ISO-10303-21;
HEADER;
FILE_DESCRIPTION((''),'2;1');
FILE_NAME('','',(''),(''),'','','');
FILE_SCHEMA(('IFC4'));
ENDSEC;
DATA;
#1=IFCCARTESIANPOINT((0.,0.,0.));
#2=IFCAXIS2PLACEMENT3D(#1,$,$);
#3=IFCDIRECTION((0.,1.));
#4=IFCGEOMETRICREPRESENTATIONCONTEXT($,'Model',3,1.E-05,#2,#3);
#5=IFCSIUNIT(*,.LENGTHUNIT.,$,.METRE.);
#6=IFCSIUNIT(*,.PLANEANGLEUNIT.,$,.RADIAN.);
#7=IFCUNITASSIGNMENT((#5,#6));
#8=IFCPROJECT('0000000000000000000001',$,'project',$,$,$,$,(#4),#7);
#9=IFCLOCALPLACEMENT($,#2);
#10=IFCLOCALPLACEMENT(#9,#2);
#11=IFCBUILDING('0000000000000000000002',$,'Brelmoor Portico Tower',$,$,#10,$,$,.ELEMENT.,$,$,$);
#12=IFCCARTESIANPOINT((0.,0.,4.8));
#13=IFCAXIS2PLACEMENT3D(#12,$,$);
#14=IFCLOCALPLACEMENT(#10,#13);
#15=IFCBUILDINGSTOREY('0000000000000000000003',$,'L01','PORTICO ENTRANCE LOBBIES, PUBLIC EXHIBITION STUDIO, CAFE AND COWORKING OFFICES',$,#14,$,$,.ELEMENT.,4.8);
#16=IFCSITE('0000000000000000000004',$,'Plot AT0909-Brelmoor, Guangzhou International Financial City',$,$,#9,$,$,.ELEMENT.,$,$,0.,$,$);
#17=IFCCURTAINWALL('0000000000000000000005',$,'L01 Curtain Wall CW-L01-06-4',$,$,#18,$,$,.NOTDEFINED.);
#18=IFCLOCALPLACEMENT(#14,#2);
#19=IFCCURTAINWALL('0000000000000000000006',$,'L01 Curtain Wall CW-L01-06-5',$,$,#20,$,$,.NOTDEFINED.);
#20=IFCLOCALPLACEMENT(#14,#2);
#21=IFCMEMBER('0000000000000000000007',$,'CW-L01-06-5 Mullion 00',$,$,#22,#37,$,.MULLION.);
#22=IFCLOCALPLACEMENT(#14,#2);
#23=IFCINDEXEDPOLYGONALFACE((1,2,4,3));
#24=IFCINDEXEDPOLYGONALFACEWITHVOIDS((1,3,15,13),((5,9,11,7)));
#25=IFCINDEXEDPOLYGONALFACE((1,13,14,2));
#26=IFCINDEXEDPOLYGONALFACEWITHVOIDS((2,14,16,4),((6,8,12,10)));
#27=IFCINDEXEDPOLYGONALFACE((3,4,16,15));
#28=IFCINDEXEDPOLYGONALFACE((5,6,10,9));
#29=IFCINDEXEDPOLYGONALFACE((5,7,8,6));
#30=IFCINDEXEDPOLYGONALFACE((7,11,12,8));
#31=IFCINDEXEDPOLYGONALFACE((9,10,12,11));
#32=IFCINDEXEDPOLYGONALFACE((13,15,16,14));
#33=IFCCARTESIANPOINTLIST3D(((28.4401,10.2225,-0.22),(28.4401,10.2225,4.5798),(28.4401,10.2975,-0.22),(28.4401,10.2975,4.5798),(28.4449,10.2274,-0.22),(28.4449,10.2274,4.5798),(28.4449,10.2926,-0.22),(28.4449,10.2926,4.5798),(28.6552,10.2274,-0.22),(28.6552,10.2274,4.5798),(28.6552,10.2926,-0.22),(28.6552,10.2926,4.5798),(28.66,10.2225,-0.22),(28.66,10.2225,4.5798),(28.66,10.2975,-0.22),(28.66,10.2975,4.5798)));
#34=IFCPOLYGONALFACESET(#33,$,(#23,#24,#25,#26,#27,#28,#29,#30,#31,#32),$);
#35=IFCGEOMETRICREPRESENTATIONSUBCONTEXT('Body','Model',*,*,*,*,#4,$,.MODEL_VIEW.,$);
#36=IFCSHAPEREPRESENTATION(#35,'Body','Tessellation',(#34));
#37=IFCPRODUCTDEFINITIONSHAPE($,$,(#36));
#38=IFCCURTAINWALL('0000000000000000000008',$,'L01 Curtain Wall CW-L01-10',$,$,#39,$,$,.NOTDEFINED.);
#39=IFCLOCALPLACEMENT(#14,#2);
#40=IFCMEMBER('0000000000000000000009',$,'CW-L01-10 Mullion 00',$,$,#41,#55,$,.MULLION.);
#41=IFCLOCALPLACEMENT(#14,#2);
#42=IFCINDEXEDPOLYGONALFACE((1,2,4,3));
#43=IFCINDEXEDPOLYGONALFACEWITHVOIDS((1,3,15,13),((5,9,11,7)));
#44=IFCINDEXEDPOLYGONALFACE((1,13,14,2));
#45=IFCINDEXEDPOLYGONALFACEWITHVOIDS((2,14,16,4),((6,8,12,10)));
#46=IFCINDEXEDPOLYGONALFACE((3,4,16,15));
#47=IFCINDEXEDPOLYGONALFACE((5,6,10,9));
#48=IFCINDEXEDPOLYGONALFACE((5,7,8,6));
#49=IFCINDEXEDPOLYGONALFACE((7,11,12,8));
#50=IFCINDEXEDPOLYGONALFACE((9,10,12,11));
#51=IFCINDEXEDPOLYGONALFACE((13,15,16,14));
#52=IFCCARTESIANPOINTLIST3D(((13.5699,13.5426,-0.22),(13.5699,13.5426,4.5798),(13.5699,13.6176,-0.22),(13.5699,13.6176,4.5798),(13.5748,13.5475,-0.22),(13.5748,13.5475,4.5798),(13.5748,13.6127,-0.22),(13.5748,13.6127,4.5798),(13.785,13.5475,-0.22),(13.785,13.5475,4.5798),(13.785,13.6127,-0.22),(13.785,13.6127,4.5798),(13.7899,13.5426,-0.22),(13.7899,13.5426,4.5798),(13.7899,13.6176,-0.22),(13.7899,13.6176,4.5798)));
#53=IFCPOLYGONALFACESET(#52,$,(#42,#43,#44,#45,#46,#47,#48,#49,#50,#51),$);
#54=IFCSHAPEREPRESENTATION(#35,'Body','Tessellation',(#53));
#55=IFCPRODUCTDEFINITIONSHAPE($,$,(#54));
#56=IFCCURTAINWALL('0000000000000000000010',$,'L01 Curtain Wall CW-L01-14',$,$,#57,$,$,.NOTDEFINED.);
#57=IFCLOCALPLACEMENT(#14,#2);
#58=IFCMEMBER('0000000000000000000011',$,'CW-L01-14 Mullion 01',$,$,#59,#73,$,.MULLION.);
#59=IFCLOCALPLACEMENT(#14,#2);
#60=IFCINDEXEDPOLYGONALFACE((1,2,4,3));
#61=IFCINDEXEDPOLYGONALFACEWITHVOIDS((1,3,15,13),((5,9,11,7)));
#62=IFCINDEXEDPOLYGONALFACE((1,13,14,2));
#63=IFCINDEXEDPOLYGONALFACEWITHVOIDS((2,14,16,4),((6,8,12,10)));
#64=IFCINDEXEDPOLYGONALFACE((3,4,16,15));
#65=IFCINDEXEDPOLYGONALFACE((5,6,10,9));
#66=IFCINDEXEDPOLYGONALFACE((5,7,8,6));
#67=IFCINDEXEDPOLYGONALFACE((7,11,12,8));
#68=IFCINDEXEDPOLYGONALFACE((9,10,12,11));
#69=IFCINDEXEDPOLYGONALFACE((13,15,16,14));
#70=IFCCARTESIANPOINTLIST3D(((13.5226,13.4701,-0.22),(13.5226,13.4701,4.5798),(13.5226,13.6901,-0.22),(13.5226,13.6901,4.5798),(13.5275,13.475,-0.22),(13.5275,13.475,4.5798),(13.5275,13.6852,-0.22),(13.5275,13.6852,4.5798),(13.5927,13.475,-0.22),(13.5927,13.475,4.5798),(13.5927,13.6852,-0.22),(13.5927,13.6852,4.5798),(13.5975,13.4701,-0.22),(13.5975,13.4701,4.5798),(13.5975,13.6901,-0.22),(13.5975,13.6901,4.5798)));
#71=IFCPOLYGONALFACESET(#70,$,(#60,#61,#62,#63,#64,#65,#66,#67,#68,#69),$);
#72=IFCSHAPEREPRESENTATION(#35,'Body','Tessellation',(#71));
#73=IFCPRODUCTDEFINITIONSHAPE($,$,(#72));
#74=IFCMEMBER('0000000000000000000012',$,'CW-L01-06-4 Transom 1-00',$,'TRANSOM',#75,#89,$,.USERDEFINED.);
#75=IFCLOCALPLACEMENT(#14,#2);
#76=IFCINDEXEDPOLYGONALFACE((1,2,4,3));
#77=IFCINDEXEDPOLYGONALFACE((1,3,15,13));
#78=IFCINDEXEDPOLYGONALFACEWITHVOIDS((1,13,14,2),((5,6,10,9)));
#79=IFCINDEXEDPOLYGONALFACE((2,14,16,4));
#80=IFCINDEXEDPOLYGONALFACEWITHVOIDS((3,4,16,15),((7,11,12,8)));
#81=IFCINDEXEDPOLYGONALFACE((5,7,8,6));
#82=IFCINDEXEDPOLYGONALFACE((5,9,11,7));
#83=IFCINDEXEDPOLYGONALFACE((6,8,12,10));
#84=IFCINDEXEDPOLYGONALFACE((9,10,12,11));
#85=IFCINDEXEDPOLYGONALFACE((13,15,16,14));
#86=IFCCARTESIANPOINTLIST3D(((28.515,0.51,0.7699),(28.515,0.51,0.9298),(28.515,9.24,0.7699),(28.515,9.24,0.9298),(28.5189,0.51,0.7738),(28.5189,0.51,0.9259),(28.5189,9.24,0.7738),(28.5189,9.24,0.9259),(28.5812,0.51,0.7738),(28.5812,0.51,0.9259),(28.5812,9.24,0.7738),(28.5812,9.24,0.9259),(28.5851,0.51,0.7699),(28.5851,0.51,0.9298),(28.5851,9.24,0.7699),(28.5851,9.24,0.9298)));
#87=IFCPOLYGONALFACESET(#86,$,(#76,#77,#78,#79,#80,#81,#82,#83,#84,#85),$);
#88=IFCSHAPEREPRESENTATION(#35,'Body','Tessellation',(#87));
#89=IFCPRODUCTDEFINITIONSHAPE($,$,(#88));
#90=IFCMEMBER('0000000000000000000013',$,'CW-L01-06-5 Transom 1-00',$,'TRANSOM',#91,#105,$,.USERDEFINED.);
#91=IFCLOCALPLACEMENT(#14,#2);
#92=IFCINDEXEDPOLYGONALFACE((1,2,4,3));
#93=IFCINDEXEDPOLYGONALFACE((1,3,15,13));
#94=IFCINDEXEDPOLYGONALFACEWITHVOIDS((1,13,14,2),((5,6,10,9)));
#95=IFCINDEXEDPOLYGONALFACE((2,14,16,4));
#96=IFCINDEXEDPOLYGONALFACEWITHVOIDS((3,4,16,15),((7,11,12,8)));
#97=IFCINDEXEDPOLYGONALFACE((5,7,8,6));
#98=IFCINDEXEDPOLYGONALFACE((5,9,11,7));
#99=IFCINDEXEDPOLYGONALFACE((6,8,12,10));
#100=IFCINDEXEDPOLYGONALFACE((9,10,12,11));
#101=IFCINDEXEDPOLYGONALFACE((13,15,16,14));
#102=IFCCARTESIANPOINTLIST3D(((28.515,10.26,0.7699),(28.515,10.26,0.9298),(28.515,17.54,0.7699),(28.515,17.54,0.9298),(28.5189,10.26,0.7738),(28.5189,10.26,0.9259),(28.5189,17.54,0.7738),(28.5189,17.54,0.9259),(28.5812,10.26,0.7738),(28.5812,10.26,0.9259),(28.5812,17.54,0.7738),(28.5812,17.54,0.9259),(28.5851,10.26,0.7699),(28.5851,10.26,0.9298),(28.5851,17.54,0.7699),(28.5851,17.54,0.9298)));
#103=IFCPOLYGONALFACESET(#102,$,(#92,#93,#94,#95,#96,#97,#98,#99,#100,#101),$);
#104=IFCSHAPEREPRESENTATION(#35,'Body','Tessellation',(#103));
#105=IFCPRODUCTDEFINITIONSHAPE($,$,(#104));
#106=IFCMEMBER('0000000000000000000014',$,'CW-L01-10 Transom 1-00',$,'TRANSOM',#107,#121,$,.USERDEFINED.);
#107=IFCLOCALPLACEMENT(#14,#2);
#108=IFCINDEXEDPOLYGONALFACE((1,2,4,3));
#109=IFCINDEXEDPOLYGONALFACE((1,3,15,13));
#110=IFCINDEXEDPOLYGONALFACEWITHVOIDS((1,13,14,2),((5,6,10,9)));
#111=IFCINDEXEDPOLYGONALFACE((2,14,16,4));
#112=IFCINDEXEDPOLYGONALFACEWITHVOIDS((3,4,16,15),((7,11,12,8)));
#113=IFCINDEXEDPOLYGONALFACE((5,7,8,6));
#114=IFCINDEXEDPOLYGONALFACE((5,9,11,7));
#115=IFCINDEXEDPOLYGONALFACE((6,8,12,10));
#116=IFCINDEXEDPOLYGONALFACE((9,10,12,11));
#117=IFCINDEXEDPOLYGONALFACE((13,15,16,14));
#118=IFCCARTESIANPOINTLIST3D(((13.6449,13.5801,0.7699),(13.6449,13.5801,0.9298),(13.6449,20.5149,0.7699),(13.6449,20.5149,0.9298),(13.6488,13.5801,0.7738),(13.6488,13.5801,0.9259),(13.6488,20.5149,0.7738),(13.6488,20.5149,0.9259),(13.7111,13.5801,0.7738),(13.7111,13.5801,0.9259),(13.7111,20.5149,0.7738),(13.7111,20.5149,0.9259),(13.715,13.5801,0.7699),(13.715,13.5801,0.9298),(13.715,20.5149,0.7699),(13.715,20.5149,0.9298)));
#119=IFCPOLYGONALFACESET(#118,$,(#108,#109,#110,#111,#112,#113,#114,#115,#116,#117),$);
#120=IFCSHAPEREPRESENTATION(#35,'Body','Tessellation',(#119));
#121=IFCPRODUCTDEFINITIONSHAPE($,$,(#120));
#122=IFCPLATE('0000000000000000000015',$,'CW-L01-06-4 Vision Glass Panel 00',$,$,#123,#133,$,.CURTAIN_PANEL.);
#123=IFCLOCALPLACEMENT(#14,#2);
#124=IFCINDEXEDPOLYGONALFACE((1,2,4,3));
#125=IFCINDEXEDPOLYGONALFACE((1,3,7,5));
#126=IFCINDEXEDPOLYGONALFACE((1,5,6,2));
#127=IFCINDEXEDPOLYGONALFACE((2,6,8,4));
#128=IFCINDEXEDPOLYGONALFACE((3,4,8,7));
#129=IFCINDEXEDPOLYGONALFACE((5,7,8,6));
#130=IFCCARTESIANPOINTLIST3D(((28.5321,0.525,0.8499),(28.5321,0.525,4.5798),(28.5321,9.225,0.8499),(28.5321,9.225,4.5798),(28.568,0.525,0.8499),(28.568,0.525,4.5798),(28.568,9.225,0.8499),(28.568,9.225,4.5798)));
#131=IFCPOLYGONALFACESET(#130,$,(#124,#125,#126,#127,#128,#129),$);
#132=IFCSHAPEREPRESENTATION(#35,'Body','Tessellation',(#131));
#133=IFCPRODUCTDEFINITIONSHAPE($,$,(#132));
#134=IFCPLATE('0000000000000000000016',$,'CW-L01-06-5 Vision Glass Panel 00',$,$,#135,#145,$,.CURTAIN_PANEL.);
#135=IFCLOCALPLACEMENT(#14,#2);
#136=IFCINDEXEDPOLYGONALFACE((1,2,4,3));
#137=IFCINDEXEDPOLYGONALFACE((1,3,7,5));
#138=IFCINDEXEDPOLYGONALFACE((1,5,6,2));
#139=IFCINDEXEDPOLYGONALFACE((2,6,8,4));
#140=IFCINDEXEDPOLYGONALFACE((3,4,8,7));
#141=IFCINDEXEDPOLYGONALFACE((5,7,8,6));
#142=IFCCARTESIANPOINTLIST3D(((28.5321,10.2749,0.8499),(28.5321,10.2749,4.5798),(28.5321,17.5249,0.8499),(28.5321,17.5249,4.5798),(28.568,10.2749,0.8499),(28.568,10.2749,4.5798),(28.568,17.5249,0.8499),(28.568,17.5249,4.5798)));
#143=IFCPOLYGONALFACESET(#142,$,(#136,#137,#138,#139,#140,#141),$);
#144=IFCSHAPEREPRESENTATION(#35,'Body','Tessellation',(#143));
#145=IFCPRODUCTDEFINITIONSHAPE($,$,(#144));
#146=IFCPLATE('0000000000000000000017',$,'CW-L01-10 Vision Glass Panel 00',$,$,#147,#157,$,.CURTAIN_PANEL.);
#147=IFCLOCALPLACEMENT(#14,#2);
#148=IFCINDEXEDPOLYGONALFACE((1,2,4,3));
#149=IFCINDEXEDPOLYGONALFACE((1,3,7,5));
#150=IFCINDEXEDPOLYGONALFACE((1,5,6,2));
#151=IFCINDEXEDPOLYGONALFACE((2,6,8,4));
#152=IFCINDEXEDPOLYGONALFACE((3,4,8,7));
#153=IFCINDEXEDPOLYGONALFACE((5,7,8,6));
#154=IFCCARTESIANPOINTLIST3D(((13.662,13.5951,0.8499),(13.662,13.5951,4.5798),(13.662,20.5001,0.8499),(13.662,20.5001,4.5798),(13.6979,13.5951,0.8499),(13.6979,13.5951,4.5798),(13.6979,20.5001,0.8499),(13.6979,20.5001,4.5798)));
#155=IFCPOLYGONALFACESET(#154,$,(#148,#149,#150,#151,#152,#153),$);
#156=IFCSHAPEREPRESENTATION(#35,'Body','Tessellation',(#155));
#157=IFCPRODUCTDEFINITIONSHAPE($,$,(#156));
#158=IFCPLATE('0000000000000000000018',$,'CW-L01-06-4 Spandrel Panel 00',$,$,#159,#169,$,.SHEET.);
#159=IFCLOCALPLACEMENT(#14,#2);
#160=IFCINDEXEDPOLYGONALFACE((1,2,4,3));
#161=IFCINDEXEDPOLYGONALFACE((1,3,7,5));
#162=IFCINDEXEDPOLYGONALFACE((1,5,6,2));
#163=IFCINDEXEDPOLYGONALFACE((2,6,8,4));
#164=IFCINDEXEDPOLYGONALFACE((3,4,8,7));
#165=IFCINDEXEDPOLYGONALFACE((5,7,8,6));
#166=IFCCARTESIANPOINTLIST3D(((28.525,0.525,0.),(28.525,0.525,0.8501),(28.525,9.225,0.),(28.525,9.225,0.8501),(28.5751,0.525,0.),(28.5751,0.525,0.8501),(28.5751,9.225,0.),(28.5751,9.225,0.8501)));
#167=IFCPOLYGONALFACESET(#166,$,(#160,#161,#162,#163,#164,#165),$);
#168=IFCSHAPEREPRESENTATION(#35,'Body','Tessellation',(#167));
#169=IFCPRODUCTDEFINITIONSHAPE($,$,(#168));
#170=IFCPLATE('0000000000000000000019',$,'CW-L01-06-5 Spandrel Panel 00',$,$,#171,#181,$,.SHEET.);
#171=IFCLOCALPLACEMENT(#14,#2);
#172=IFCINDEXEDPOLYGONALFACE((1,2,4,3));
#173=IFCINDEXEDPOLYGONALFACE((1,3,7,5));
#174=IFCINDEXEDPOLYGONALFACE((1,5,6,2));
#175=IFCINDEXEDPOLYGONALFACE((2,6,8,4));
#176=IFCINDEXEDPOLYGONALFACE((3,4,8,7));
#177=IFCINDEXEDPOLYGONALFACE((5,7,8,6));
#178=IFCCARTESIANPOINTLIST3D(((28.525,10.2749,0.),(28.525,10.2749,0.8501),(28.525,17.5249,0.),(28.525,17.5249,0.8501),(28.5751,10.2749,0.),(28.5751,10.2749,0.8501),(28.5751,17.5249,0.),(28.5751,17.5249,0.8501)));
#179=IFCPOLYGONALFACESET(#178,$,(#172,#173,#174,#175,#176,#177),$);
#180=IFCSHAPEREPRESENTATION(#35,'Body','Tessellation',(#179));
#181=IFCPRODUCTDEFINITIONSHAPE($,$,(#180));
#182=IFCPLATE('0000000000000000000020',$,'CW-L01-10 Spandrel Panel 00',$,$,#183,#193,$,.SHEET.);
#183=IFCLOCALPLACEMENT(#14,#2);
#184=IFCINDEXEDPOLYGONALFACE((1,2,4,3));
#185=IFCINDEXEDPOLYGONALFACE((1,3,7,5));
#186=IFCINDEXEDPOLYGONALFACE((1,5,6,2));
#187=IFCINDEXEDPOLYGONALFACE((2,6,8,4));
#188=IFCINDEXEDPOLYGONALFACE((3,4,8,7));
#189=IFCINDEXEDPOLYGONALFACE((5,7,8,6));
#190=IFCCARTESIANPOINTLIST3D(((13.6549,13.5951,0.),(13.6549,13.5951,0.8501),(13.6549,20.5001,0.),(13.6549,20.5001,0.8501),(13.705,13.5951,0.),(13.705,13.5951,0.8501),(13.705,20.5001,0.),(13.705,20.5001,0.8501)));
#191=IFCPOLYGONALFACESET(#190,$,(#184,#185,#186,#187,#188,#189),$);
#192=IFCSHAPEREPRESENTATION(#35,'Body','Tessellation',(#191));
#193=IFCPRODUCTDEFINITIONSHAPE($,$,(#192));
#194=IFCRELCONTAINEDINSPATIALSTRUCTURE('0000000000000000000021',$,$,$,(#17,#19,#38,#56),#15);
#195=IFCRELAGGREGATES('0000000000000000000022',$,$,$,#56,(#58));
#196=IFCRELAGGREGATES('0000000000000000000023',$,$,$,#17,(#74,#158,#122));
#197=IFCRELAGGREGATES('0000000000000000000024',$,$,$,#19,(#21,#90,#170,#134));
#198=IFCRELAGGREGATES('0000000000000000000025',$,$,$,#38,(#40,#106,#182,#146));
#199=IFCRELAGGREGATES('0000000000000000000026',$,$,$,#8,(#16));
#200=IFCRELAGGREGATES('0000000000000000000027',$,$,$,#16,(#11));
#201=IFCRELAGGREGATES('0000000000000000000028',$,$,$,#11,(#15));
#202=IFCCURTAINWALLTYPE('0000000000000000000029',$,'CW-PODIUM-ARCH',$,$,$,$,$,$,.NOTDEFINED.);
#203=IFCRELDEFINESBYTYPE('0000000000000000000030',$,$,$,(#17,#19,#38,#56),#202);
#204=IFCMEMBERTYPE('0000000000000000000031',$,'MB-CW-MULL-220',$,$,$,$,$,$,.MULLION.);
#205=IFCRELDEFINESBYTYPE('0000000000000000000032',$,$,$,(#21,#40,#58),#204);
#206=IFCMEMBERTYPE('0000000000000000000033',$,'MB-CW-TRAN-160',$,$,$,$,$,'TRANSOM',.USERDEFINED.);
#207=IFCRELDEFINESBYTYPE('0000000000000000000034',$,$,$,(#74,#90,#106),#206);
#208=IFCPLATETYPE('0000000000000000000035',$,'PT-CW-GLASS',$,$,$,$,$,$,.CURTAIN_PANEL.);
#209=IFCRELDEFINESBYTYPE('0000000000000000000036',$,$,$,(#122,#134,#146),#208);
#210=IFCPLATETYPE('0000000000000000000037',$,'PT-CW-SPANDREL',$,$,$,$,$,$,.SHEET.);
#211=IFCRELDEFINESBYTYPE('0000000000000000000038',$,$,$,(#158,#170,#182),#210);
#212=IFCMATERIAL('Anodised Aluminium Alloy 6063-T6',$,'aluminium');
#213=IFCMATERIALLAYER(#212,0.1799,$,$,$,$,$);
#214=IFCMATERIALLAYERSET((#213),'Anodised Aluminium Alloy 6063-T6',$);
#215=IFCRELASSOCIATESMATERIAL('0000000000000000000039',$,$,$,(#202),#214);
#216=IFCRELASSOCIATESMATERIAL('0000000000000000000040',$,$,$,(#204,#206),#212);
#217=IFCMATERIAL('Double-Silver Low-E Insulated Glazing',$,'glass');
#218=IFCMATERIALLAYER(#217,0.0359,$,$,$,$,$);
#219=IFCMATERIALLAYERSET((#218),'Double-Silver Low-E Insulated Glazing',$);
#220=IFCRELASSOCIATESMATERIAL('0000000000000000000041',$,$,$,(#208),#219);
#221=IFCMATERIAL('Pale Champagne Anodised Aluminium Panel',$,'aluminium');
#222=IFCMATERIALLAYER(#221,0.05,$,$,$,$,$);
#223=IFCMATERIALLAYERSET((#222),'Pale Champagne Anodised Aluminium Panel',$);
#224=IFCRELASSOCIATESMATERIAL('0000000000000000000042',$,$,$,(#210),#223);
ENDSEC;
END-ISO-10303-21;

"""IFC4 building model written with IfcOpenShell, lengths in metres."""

from ifc_helpers import new_model, si_unit, direction, frame, origin, origin_2d, place, context, subcontext, project, spatial, rectangle, hollow_rectangle, extrude, material, layer, layer_set, material_profile, profile_set, type_object, element, aggregate, save


model = new_model("IFC4")

# Units and contexts
model_context = context("Model", 3, precision=1e-05, world=origin(), true_north=direction((0.0, 1.0)))
body_context = subcontext(model_context, "Body", "Model", "MODEL_VIEW")
ifc_project = project(units=[si_unit("LENGTHUNIT", "METRE"), si_unit("PLANEANGLEUNIT", "RADIAN")], contexts=[model_context])

# Site, building, storey
site_placement = place(None, origin())
site = spatial("IfcSite", under=ifc_project, at=site_placement, Name="Plot AT0909-Brelmoor, Guangzhou International Financial City", CompositionType="ELEMENT", RefElevation=0.0)
building_placement = place(site_placement, origin())
building = spatial("IfcBuilding", under=site, at=building_placement, Name="Brelmoor Portico Tower", CompositionType="ELEMENT")
storey_placement = place(building_placement, frame((0.0, 0.0, 4.8)))
storey = spatial("IfcBuildingStorey", under=building, at=storey_placement, Name="L01", Description="PORTICO ENTRANCE LOBBIES, PUBLIC EXHIBITION STUDIO, CAFE AND COWORKING OFFICES", CompositionType="ELEMENT", Elevation=4.8)

# Curtain wall
ifc_material_1 = material(Name="Anodised Aluminium Alloy 6063-T6", Category="aluminium")
ifc_layer_1 = layer(ifc_material_1, 0.1799)
ifc_layer_set_1 = layer_set([ifc_layer_1], Name="Anodised Aluminium Alloy 6063-T6")
curtain_wall_type = type_object("IfcCurtainWallType", Name="CW-PODIUM-ARCH", PredefinedType="NOTDEFINED", material=ifc_layer_set_1)
curtain_wall_1_placement = place(storey_placement, origin())
curtain_wall_1 = element("IfcCurtainWall", 1, at=curtain_wall_1_placement, inside=storey, type_object=curtain_wall_type, Name="L01 Curtain Wall CW-L01-06-4", PredefinedType="NOTDEFINED")
ifc_material_profile_1 = material_profile(ifc_material_1, hollow_rectangle(XDim=0.075, YDim=0.22, WallThickness=0.0049, at=origin_2d()), Name="ALU MULLION 75x220")
ifc_profile_set_1 = profile_set([ifc_material_profile_1], Name="Anodised Aluminium Alloy 6063-T6")
member_type_1 = type_object("IfcMemberType", Name="MB-CW-MULL-220", PredefinedType="MULLION", material=ifc_profile_set_1)

# Curtain walls, members
curtain_wall_2_placement = place(storey_placement, origin())
curtain_wall_2 = element("IfcCurtainWall", 2, at=curtain_wall_2_placement, inside=storey, type_object=curtain_wall_type, Name="L01 Curtain Wall CW-L01-06-5", PredefinedType="NOTDEFINED")
member_1_placement = place(storey_placement, frame((28.55, 10.26, -0.22), z_axis=(0.0, 0.0, 1.0), x_axis=(0.0, 1.0, 0.0)))
member_1 = element("IfcMember", 3, at=member_1_placement, type_object=member_type_1, Name="CW-L01-06-5 Mullion 00", PredefinedType="MULLION", context=body_context, shape_type="SweptSolid", body=[
    extrude(hollow_rectangle(XDim=0.075, YDim=0.22, WallThickness=0.0049, at=origin_2d()), origin(), (0.0, 0.0, 1.0), 4.7998),
])
curtain_wall_3_placement = place(storey_placement, origin())
curtain_wall_3 = element("IfcCurtainWall", 4, at=curtain_wall_3_placement, inside=storey, type_object=curtain_wall_type, Name="L01 Curtain Wall CW-L01-10", PredefinedType="NOTDEFINED")
member_2_placement = place(storey_placement, frame((13.6799, 13.5801, -0.22), z_axis=(0.0, 0.0, 1.0), x_axis=(0.0, 1.0, 0.0)))
member_2 = element("IfcMember", 5, at=member_2_placement, type_object=member_type_1, Name="CW-L01-10 Mullion 00", PredefinedType="MULLION", context=body_context, shape_type="SweptSolid", body=[
    extrude(hollow_rectangle(XDim=0.075, YDim=0.22, WallThickness=0.0049, at=origin_2d()), origin(), (0.0, 0.0, 1.0), 4.7998),
])
curtain_wall_4_placement = place(storey_placement, origin())
curtain_wall_4 = element("IfcCurtainWall", 6, at=curtain_wall_4_placement, inside=storey, type_object=curtain_wall_type, Name="L01 Curtain Wall CW-L01-14", PredefinedType="NOTDEFINED")
member_3_placement = place(storey_placement, frame((13.5601, 13.5801, -0.22), z_axis=(0.0, 0.0, 1.0), x_axis=(1.0, 0.0, 0.0)))
member_3 = element("IfcMember", 7, at=member_3_placement, type_object=member_type_1, Name="CW-L01-14 Mullion 01", PredefinedType="MULLION", context=body_context, shape_type="SweptSolid", body=[
    extrude(hollow_rectangle(XDim=0.075, YDim=0.22, WallThickness=0.0049, at=origin_2d()), origin(), (0.0, 0.0, 1.0), 4.7998),
])
aggregate(curtain_wall_4, [member_3])

# Members
ifc_material_profile_2 = material_profile(ifc_material_1, hollow_rectangle(XDim=0.0701, YDim=0.1599, WallThickness=0.0039, at=origin_2d()), Name="ALU TRANSOM 70x160")
ifc_profile_set_2 = profile_set([ifc_material_profile_2], Name="Anodised Aluminium Alloy 6063-T6")
member_type_2 = type_object("IfcMemberType", Name="MB-CW-TRAN-160", ElementType="TRANSOM", PredefinedType="USERDEFINED", material=ifc_profile_set_2)
member_4_placement = place(storey_placement, frame((28.55, 0.51, 0.8499), z_axis=(0.0, 1.0, 0.0), x_axis=(-1.0, 0.0, 0.0)))
member_4 = element("IfcMember", 8, at=member_4_placement, type_object=member_type_2, Name="CW-L01-06-4 Transom 1-00", ObjectType="TRANSOM", PredefinedType="USERDEFINED", context=body_context, shape_type="SweptSolid", body=[
    extrude(hollow_rectangle(XDim=0.0701, YDim=0.1599, WallThickness=0.0039, at=origin_2d()), origin(), (0.0, 0.0, 1.0), 8.73),
])
member_5_placement = place(storey_placement, frame((28.55, 10.26, 0.8499), z_axis=(0.0, 1.0, 0.0), x_axis=(-1.0, 0.0, 0.0)))
member_5 = element("IfcMember", 9, at=member_5_placement, type_object=member_type_2, Name="CW-L01-06-5 Transom 1-00", ObjectType="TRANSOM", PredefinedType="USERDEFINED", context=body_context, shape_type="SweptSolid", body=[
    extrude(hollow_rectangle(XDim=0.0701, YDim=0.1599, WallThickness=0.0039, at=origin_2d()), origin(), (0.0, 0.0, 1.0), 7.28),
])
member_6_placement = place(storey_placement, frame((13.6799, 13.5801, 0.8499), z_axis=(0.0, 1.0, 0.0), x_axis=(-1.0, 0.0, 0.0)))
member_6 = element("IfcMember", 10, at=member_6_placement, type_object=member_type_2, Name="CW-L01-10 Transom 1-00", ObjectType="TRANSOM", PredefinedType="USERDEFINED", context=body_context, shape_type="SweptSolid", body=[
    extrude(hollow_rectangle(XDim=0.0701, YDim=0.1599, WallThickness=0.0039, at=origin_2d()), origin(), (0.0, 0.0, 1.0), 6.9348),
])

# Plates
ifc_material_2 = material(Name="Double-Silver Low-E Insulated Glazing", Category="glass")
ifc_layer_2 = layer(ifc_material_2, 0.0359)
ifc_layer_set_2 = layer_set([ifc_layer_2], Name="Double-Silver Low-E Insulated Glazing")
plate_type_1 = type_object("IfcPlateType", Name="PT-CW-GLASS", PredefinedType="CURTAIN_PANEL", material=ifc_layer_set_2)
plate_1_placement = place(storey_placement, frame((28.55, 4.875, 0.8499), z_axis=(0.0, 0.0, 1.0), x_axis=(0.0, 1.0, 0.0)))
plate_1 = element("IfcPlate", 11, at=plate_1_placement, type_object=plate_type_1, Name="CW-L01-06-4 Vision Glass Panel 00", PredefinedType="CURTAIN_PANEL", context=body_context, shape_type="SweptSolid", body=[
    extrude(rectangle(XDim=8.7, YDim=0.0359, at=origin_2d()), origin(), (0.0, 0.0, 1.0), 3.73),
])
plate_2_placement = place(storey_placement, frame((28.55, 13.8999, 0.8499), z_axis=(0.0, 0.0, 1.0), x_axis=(0.0, 1.0, 0.0)))
plate_2 = element("IfcPlate", 12, at=plate_2_placement, type_object=plate_type_1, Name="CW-L01-06-5 Vision Glass Panel 00", PredefinedType="CURTAIN_PANEL", context=body_context, shape_type="SweptSolid", body=[
    extrude(rectangle(XDim=7.25, YDim=0.0359, at=origin_2d()), origin(), (0.0, 0.0, 1.0), 3.73),
])
plate_3_placement = place(storey_placement, frame((13.6799, 17.0476, 0.8499), z_axis=(0.0, 0.0, 1.0), x_axis=(0.0, 1.0, 0.0)))
plate_3 = element("IfcPlate", 13, at=plate_3_placement, type_object=plate_type_1, Name="CW-L01-10 Vision Glass Panel 00", PredefinedType="CURTAIN_PANEL", context=body_context, shape_type="SweptSolid", body=[
    extrude(rectangle(XDim=6.905, YDim=0.0359, at=origin_2d()), origin(), (0.0, 0.0, 1.0), 3.73),
])
ifc_material_3 = material(Name="Pale Champagne Anodised Aluminium Panel", Category="aluminium")
ifc_layer_3 = layer(ifc_material_3, 0.05)
ifc_layer_set_3 = layer_set([ifc_layer_3], Name="Pale Champagne Anodised Aluminium Panel")
plate_type_2 = type_object("IfcPlateType", Name="PT-CW-SPANDREL", PredefinedType="SHEET", material=ifc_layer_set_3)
plate_4_placement = place(storey_placement, frame((28.55, 4.875, 0.0), z_axis=(0.0, 0.0, 1.0), x_axis=(0.0, 1.0, 0.0)))
plate_4 = element("IfcPlate", 14, at=plate_4_placement, type_object=plate_type_2, Name="CW-L01-06-4 Spandrel Panel 00", PredefinedType="SHEET", context=body_context, shape_type="SweptSolid", body=[
    extrude(rectangle(XDim=8.7, YDim=0.05, at=origin_2d()), origin(), (0.0, 0.0, 1.0), 0.8501),
])
aggregate(curtain_wall_1, [member_4, plate_4, plate_1])
plate_5_placement = place(storey_placement, frame((28.55, 13.8999, 0.0), z_axis=(0.0, 0.0, 1.0), x_axis=(0.0, 1.0, 0.0)))
plate_5 = element("IfcPlate", 15, at=plate_5_placement, type_object=plate_type_2, Name="CW-L01-06-5 Spandrel Panel 00", PredefinedType="SHEET", context=body_context, shape_type="SweptSolid", body=[
    extrude(rectangle(XDim=7.25, YDim=0.05, at=origin_2d()), origin(), (0.0, 0.0, 1.0), 0.8501),
])
aggregate(curtain_wall_2, [member_1, member_5, plate_5, plate_2])
plate_6_placement = place(storey_placement, frame((13.6799, 17.0476, 0.0), z_axis=(0.0, 0.0, 1.0), x_axis=(0.0, 1.0, 0.0)))
plate_6 = element("IfcPlate", 16, at=plate_6_placement, type_object=plate_type_2, Name="CW-L01-10 Spandrel Panel 00", PredefinedType="SHEET", context=body_context, shape_type="SweptSolid", body=[
    extrude(rectangle(XDim=6.905, YDim=0.05, at=origin_2d()), origin(), (0.0, 0.0, 1.0), 0.8501),
])
aggregate(curtain_wall_3, [member_2, member_6, plate_6, plate_3])

save(model, "model.ifc")
